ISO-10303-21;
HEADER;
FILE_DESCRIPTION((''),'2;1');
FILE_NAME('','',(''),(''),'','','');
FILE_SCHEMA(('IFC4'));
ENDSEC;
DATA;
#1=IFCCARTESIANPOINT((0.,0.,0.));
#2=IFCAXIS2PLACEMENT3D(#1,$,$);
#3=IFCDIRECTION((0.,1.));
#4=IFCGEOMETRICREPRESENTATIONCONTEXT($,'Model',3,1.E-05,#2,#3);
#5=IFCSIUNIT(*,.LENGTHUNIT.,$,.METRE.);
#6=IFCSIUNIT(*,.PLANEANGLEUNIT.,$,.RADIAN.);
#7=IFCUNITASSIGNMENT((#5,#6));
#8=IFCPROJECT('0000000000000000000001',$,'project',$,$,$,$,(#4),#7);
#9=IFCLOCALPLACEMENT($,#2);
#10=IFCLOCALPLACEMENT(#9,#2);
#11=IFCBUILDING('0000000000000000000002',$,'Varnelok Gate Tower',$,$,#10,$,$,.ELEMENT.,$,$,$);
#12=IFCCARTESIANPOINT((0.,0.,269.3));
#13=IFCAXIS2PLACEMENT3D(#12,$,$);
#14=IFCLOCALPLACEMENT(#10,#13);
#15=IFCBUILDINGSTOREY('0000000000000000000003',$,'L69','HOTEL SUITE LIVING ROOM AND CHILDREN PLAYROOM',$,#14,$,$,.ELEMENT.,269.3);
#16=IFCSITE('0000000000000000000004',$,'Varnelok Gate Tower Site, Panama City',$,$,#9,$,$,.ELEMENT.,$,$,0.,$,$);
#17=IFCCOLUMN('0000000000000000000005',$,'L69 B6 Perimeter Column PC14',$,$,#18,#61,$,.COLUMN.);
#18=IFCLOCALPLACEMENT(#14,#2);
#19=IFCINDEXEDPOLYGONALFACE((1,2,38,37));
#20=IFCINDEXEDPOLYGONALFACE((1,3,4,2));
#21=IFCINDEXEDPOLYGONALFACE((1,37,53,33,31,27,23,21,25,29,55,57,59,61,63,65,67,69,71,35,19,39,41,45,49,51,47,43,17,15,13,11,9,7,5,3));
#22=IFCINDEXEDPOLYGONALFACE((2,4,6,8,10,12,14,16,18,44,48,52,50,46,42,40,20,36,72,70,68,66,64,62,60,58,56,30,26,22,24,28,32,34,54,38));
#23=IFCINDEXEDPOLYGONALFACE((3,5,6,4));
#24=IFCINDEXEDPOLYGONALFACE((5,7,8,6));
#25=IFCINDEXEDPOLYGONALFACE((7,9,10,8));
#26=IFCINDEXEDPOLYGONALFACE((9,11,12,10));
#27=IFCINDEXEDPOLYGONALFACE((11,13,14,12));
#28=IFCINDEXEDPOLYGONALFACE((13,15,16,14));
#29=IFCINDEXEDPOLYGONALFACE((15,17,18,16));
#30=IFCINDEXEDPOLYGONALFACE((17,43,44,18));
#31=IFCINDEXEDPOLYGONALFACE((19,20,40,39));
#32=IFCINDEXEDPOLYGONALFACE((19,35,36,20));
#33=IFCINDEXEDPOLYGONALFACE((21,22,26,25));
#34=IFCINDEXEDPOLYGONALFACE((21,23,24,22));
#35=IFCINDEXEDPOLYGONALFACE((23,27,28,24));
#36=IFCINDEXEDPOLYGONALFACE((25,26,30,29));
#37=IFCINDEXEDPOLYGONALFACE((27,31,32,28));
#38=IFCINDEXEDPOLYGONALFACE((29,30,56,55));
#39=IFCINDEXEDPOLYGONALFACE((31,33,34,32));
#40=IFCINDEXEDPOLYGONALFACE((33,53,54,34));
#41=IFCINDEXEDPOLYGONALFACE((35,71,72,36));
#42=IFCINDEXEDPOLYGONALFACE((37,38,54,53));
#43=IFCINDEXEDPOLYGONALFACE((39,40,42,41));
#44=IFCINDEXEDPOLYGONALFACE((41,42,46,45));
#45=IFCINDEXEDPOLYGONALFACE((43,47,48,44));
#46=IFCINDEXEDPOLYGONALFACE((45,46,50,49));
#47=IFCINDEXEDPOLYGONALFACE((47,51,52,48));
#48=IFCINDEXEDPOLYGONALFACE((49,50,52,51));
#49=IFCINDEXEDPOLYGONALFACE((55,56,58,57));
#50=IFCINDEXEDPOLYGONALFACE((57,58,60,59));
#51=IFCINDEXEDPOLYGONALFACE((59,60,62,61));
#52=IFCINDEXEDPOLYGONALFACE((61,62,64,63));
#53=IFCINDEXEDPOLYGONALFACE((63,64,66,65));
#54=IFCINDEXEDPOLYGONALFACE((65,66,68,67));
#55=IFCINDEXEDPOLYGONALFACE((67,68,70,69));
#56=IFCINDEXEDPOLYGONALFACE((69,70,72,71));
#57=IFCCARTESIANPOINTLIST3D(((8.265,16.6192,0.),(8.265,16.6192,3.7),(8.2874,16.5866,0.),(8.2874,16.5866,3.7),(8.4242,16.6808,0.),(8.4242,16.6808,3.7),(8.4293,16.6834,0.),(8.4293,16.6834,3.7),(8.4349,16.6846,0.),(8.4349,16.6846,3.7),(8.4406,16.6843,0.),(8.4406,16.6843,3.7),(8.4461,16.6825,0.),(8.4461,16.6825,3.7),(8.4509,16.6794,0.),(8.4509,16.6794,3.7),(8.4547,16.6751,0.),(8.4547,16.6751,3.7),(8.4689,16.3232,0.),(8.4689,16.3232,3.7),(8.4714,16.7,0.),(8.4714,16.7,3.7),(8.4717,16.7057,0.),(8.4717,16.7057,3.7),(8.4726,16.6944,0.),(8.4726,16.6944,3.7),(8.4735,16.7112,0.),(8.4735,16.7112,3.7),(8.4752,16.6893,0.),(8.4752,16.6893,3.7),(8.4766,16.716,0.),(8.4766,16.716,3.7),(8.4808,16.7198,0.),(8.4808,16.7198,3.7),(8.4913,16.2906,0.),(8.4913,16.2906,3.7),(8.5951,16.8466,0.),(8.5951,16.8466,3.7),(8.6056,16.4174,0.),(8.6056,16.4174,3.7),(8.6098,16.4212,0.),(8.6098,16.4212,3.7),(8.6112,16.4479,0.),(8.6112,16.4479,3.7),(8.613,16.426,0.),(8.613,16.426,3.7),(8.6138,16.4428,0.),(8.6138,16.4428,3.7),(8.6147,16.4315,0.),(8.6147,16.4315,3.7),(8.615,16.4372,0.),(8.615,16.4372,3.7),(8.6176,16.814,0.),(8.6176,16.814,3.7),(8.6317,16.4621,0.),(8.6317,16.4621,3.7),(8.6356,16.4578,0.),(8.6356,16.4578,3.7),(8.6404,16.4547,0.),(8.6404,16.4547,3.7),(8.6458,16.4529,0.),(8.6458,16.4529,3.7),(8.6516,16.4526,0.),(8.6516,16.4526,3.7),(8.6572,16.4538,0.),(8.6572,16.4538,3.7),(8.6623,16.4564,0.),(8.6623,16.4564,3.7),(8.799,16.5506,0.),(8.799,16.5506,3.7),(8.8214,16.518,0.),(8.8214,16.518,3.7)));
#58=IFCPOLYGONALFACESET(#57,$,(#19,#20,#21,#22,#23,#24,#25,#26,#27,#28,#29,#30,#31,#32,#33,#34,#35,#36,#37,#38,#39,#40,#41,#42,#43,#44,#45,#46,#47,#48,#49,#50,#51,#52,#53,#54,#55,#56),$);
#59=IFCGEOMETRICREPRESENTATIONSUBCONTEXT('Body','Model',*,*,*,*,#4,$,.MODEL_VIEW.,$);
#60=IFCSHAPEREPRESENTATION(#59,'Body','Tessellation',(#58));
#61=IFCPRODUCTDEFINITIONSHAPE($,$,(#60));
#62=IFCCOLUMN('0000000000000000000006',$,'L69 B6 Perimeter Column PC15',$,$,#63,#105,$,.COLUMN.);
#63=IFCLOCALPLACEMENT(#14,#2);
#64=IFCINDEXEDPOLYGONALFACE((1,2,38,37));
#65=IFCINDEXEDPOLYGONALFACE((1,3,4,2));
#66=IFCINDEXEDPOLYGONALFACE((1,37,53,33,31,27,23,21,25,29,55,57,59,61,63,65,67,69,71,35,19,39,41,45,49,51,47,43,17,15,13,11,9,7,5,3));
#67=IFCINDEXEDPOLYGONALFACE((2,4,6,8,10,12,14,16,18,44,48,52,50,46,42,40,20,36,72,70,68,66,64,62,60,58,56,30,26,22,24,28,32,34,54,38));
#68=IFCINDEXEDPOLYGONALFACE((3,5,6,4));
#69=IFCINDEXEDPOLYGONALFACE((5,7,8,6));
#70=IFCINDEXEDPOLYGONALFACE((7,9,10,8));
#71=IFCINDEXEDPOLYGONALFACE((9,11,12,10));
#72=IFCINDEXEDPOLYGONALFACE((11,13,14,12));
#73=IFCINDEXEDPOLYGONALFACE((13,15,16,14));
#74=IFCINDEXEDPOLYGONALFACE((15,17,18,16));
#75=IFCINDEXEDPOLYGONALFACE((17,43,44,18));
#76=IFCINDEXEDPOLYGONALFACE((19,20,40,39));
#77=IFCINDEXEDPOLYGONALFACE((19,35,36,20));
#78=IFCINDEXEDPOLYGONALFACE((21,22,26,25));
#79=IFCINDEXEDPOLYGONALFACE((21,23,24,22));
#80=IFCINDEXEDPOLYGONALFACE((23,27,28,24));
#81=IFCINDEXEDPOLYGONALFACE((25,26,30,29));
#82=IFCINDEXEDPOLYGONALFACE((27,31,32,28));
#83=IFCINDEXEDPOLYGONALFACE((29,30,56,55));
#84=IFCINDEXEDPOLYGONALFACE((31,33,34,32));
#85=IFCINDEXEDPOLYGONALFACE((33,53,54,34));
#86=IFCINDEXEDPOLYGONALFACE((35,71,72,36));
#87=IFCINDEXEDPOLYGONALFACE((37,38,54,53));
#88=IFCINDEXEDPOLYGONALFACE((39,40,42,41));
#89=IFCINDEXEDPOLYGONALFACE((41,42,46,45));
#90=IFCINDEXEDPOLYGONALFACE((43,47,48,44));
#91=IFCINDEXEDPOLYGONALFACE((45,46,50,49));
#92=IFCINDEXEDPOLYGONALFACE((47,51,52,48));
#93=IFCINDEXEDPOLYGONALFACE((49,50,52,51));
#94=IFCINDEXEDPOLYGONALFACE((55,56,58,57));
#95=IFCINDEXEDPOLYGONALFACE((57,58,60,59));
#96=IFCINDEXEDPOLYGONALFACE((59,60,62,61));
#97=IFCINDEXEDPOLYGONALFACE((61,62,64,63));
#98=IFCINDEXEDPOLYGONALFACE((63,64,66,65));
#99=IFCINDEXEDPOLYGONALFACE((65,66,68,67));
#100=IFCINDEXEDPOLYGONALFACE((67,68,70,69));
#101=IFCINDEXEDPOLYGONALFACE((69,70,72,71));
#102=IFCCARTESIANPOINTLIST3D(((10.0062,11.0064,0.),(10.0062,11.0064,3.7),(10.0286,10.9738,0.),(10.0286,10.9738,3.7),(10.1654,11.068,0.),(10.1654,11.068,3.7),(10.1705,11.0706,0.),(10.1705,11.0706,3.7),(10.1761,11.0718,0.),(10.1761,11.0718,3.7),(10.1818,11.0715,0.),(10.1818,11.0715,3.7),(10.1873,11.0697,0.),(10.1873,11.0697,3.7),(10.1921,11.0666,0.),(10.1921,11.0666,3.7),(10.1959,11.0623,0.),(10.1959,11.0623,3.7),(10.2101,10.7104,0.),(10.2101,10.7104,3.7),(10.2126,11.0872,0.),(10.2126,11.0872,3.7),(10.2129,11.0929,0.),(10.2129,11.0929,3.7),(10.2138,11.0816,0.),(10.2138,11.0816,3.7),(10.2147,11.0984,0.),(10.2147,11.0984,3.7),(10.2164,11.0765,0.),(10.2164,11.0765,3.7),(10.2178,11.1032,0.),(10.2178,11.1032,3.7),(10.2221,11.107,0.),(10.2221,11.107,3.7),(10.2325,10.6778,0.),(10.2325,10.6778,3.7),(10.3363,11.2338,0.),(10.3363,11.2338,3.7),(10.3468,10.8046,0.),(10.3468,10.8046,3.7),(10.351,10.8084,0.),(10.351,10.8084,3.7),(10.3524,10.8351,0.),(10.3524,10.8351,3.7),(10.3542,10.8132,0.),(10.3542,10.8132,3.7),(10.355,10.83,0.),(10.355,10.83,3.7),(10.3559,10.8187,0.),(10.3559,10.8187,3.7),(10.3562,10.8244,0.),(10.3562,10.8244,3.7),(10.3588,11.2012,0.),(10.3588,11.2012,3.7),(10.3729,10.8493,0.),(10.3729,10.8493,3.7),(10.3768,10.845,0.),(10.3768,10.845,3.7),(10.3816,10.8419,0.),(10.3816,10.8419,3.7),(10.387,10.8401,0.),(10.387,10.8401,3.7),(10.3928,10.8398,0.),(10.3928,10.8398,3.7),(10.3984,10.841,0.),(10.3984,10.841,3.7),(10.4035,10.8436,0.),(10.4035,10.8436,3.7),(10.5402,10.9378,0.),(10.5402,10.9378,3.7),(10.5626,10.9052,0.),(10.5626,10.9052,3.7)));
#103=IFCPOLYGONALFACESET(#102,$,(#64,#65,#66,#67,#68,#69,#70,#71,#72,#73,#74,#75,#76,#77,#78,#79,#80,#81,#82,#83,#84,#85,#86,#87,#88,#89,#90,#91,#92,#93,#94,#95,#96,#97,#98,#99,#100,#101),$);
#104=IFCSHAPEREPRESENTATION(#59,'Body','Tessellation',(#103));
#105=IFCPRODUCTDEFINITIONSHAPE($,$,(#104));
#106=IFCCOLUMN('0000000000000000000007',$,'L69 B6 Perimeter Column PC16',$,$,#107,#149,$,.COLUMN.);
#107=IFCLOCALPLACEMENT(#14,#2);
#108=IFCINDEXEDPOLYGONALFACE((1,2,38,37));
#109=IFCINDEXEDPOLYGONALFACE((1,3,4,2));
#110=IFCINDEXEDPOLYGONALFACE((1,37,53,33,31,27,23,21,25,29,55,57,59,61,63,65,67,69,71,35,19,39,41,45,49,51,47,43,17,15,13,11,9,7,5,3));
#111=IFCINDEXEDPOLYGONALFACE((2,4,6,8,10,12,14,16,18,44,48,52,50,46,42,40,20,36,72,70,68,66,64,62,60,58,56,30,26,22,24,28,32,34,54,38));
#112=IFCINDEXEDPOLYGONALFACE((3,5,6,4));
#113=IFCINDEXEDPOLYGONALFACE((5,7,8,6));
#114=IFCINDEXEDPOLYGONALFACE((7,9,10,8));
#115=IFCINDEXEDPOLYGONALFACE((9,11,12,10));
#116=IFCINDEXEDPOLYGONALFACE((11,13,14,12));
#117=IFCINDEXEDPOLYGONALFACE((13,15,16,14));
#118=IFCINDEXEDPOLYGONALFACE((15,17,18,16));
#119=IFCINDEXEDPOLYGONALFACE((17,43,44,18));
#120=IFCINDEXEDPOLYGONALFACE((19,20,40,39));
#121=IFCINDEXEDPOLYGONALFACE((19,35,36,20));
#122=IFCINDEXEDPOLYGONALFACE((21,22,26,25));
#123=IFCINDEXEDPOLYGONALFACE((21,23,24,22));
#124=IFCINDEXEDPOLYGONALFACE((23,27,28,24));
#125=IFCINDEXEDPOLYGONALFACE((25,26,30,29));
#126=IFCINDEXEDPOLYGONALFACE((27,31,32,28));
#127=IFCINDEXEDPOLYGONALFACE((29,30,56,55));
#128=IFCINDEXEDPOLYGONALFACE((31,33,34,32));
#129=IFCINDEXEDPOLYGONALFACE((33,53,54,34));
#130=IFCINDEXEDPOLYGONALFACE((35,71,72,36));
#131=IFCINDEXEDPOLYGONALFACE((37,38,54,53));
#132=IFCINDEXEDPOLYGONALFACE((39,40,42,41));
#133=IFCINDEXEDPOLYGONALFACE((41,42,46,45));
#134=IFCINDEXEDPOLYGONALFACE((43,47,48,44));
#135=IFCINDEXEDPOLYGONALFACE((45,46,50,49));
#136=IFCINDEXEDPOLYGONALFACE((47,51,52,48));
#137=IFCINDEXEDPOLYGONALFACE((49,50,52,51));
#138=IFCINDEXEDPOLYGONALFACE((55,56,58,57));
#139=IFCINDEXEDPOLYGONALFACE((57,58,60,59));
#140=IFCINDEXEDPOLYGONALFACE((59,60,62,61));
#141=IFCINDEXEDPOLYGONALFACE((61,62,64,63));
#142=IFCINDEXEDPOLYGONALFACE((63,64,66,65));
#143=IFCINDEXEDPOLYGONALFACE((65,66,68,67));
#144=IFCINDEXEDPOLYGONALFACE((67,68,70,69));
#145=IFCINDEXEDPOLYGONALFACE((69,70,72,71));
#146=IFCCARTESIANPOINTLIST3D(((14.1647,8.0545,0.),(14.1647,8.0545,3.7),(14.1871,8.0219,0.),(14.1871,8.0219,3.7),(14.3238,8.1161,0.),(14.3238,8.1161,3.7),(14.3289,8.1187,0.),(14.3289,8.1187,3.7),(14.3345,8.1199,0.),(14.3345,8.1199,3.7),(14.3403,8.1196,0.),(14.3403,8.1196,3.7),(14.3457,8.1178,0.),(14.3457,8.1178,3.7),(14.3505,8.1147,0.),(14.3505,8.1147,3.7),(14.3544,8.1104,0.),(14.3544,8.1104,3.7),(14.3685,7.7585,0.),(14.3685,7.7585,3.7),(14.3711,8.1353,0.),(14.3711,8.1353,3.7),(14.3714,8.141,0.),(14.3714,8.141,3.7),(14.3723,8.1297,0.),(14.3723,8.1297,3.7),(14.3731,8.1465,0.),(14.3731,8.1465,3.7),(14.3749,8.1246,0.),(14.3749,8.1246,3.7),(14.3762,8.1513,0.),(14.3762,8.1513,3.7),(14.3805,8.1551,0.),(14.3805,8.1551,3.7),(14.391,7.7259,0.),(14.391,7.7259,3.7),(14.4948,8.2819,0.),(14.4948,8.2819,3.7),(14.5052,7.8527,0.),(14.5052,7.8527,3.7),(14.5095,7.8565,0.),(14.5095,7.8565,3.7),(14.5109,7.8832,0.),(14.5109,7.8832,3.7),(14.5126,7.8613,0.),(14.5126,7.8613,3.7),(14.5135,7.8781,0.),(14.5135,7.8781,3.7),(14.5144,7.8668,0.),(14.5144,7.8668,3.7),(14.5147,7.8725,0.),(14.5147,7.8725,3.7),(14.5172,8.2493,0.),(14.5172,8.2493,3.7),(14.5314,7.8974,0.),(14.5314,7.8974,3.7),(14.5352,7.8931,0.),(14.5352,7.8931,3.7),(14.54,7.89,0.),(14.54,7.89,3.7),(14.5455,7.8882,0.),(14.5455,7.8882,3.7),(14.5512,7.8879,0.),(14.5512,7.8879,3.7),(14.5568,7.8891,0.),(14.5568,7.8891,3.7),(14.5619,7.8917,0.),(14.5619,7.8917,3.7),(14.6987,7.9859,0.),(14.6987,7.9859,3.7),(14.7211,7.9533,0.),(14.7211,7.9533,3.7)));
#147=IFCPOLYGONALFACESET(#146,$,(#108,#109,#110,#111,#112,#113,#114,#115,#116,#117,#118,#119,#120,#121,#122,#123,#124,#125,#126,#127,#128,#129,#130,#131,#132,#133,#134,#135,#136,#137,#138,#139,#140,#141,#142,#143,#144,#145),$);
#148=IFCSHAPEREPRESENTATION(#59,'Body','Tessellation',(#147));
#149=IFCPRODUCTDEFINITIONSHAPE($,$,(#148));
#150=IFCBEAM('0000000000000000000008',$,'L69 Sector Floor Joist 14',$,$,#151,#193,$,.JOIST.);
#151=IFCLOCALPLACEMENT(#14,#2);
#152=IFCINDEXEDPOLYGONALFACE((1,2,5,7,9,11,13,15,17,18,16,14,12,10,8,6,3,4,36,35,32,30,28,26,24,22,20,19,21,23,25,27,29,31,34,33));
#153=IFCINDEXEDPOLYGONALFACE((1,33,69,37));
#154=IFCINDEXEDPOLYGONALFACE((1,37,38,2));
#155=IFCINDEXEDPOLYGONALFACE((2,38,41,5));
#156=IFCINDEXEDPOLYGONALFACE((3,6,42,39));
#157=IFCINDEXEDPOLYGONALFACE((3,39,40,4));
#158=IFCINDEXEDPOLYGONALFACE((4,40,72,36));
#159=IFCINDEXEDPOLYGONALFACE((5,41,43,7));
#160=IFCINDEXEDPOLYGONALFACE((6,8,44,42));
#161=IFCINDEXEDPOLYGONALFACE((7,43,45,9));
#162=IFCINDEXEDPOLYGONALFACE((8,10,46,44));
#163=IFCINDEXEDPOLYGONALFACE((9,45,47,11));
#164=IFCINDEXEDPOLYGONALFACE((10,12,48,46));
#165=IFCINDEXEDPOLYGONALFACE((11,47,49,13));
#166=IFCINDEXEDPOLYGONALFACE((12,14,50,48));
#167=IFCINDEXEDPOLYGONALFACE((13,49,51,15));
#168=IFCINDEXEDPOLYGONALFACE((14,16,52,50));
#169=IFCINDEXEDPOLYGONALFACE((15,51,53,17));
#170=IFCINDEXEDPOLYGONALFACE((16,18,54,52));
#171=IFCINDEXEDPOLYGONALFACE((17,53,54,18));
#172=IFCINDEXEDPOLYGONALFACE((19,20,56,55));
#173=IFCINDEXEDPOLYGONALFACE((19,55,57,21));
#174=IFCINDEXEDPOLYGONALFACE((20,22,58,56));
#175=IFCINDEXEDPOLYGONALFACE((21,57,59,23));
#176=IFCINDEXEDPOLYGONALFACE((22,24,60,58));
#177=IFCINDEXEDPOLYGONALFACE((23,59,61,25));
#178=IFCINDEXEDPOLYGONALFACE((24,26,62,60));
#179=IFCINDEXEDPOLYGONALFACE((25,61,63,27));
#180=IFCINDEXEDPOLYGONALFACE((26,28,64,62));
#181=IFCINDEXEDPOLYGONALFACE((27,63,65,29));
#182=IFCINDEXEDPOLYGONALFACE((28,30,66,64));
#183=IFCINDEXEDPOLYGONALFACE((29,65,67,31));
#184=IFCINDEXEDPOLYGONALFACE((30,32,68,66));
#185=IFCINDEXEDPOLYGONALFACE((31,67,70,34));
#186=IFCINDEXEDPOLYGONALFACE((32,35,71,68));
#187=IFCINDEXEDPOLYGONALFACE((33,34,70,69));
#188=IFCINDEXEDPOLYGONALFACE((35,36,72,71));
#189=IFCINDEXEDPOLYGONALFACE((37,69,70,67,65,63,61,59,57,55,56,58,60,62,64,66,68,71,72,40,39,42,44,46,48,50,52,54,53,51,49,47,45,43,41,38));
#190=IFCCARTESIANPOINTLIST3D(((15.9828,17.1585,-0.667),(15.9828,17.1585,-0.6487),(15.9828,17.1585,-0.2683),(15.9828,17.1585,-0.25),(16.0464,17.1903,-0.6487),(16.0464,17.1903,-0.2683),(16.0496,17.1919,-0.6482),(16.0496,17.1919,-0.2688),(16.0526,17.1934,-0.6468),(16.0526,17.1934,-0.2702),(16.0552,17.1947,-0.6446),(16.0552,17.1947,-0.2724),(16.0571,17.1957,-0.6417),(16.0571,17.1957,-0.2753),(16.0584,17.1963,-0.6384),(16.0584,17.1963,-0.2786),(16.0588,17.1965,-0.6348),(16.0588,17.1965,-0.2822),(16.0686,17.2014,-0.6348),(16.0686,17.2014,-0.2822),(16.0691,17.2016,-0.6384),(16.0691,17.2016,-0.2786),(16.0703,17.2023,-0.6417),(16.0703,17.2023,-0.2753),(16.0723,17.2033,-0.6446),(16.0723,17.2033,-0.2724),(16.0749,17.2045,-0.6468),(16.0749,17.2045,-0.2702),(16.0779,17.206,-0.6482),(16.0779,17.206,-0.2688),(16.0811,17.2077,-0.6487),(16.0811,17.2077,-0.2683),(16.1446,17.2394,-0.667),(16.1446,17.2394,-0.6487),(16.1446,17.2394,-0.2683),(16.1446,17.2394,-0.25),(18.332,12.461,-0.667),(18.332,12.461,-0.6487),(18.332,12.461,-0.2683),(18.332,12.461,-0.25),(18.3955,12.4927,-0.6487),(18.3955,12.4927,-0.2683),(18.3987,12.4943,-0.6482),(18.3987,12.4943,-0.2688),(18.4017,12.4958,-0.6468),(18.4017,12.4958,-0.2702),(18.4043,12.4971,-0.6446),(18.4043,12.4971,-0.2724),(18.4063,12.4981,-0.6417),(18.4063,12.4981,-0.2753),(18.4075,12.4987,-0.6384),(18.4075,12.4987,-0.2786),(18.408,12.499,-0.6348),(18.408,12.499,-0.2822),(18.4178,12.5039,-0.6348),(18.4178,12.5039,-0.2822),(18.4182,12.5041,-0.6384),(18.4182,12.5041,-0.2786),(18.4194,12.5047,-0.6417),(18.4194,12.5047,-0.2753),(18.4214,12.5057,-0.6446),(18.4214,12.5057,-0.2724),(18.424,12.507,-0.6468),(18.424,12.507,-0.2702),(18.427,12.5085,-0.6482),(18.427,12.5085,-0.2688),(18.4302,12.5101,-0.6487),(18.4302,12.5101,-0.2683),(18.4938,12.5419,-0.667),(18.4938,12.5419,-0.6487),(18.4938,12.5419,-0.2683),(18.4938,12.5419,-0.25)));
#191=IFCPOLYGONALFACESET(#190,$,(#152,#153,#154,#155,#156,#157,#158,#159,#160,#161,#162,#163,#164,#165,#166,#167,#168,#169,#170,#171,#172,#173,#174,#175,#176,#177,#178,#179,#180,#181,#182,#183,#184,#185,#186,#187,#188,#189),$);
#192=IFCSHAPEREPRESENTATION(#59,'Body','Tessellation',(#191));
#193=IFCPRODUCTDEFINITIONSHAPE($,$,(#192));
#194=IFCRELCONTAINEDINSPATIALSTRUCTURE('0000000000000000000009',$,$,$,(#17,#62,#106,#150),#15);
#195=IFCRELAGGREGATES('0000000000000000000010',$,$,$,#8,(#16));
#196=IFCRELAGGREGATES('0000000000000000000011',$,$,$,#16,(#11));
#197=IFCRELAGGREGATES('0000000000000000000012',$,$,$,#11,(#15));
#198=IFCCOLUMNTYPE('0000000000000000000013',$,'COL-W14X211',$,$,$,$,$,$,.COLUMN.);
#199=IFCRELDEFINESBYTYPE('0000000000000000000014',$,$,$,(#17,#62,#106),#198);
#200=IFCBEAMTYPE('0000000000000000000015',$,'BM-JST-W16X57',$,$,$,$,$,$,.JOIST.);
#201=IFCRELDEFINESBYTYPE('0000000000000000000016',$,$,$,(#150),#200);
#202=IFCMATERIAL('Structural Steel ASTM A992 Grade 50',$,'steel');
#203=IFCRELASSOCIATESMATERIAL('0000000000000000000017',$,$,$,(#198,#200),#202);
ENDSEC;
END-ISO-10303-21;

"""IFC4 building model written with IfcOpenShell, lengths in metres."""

from ifc_helpers import new_model, si_unit, direction, frame, origin, origin_2d, place, context, subcontext, project, spatial, i_section, extrude, material, material_profile, profile_set, type_object, element, save


model = new_model("IFC4")

# Units and contexts
model_context = context("Model", 3, precision=1e-05, world=origin(), true_north=direction((0.0, 1.0)))
body_context = subcontext(model_context, "Body", "Model", "MODEL_VIEW")
ifc_project = project(units=[si_unit("LENGTHUNIT", "METRE"), si_unit("PLANEANGLEUNIT", "RADIAN")], contexts=[model_context])

# Site, building, storey
site_placement = place(None, origin())
site = spatial("IfcSite", under=ifc_project, at=site_placement, Name="Varnelok Gate Tower Site, Panama City", CompositionType="ELEMENT", RefElevation=0.0)
building_placement = place(site_placement, origin())
building = spatial("IfcBuilding", under=site, at=building_placement, Name="Varnelok Gate Tower", CompositionType="ELEMENT")
storey_placement = place(building_placement, frame((0.0, 0.0, 269.3)))
storey = spatial("IfcBuildingStorey", under=building, at=storey_placement, Name="L69", Description="HOTEL SUITE LIVING ROOM AND CHILDREN PLAYROOM", CompositionType="ELEMENT", Elevation=269.3)

# Columns
ifc_material_1 = material(Name="Structural Steel ASTM A992 Grade 50", Category="steel")
ifc_material_profile_1 = material_profile(ifc_material_1, i_section(OverallWidth=0.4009, OverallDepth=0.3989, WebThickness=0.0249, FlangeThickness=0.0396, FilletRadius=0.022, at=origin_2d()), Name="W14X211")
ifc_profile_set_1 = profile_set([ifc_material_profile_1], Name="Structural Steel ASTM A992 Grade 50")
column_type = type_object("IfcColumnType", Name="COL-W14X211", PredefinedType="COLUMN", material=ifc_profile_set_1)
for number, where, z_axis, x_axis, name in (
    (1, (8.5432, 16.5686, 0.0), (0.0, 0.0, 1.0), (0.823533, 0.567269, 0.0), "L69 B6 Perimeter Column PC14"),
    (2, (10.2844, 10.9558, 0.0), (0.0, 0.0, 1.0), (0.823533, 0.567269, 0.0), "L69 B6 Perimeter Column PC15"),
    (3, (14.4429, 8.0039, 0.0), (0.0, 0.0, 1.0), (0.823533, 0.567269, 0.0), "L69 B6 Perimeter Column PC16"),
):
    element("IfcColumn", number, at=place(storey_placement, frame(where, z_axis=z_axis, x_axis=x_axis)), inside=storey, type_object=column_type, Name=name, PredefinedType="COLUMN", context=body_context, shape_type="SweptSolid", body=[
        extrude(i_section(OverallWidth=0.4009, OverallDepth=0.3989, WebThickness=0.0249, FlangeThickness=0.0396, FilletRadius=0.022, at=origin_2d()), origin(), (0.0, 0.0, 1.0), 3.7),
    ])

# Beam
ifc_material_profile_2 = material_profile(ifc_material_1, i_section(OverallWidth=0.1809, OverallDepth=0.417, WebThickness=0.011, FlangeThickness=0.0183, FilletRadius=0.0139, at=origin_2d()), Name="W16X57")
ifc_profile_set_2 = profile_set([ifc_material_profile_2], Name="Structural Steel ASTM A992 Grade 50")
beam_type_1 = type_object("IfcBeamType", Name="BM-JST-W16X57", PredefinedType="JOIST", material=ifc_profile_set_2)
beam_1_placement = place(storey_placement, frame((16.0637, 17.199, -0.4585), z_axis=(0.447269, -0.894399, 0.0), x_axis=(0.894399, 0.447269, 0.0)))
element("IfcBeam", 4, at=beam_1_placement, inside=storey, type_object=beam_type_1, Name="L69 Sector Floor Joist 14", PredefinedType="JOIST", context=body_context, shape_type="SweptSolid", body=[
    extrude(i_section(OverallWidth=0.1809, OverallDepth=0.417, WebThickness=0.011, FlangeThickness=0.0183, FilletRadius=0.0139, at=origin_2d()), origin(), (0.0, 0.0, 1.0), 5.2522),
])

save(model, "model.ifc")
